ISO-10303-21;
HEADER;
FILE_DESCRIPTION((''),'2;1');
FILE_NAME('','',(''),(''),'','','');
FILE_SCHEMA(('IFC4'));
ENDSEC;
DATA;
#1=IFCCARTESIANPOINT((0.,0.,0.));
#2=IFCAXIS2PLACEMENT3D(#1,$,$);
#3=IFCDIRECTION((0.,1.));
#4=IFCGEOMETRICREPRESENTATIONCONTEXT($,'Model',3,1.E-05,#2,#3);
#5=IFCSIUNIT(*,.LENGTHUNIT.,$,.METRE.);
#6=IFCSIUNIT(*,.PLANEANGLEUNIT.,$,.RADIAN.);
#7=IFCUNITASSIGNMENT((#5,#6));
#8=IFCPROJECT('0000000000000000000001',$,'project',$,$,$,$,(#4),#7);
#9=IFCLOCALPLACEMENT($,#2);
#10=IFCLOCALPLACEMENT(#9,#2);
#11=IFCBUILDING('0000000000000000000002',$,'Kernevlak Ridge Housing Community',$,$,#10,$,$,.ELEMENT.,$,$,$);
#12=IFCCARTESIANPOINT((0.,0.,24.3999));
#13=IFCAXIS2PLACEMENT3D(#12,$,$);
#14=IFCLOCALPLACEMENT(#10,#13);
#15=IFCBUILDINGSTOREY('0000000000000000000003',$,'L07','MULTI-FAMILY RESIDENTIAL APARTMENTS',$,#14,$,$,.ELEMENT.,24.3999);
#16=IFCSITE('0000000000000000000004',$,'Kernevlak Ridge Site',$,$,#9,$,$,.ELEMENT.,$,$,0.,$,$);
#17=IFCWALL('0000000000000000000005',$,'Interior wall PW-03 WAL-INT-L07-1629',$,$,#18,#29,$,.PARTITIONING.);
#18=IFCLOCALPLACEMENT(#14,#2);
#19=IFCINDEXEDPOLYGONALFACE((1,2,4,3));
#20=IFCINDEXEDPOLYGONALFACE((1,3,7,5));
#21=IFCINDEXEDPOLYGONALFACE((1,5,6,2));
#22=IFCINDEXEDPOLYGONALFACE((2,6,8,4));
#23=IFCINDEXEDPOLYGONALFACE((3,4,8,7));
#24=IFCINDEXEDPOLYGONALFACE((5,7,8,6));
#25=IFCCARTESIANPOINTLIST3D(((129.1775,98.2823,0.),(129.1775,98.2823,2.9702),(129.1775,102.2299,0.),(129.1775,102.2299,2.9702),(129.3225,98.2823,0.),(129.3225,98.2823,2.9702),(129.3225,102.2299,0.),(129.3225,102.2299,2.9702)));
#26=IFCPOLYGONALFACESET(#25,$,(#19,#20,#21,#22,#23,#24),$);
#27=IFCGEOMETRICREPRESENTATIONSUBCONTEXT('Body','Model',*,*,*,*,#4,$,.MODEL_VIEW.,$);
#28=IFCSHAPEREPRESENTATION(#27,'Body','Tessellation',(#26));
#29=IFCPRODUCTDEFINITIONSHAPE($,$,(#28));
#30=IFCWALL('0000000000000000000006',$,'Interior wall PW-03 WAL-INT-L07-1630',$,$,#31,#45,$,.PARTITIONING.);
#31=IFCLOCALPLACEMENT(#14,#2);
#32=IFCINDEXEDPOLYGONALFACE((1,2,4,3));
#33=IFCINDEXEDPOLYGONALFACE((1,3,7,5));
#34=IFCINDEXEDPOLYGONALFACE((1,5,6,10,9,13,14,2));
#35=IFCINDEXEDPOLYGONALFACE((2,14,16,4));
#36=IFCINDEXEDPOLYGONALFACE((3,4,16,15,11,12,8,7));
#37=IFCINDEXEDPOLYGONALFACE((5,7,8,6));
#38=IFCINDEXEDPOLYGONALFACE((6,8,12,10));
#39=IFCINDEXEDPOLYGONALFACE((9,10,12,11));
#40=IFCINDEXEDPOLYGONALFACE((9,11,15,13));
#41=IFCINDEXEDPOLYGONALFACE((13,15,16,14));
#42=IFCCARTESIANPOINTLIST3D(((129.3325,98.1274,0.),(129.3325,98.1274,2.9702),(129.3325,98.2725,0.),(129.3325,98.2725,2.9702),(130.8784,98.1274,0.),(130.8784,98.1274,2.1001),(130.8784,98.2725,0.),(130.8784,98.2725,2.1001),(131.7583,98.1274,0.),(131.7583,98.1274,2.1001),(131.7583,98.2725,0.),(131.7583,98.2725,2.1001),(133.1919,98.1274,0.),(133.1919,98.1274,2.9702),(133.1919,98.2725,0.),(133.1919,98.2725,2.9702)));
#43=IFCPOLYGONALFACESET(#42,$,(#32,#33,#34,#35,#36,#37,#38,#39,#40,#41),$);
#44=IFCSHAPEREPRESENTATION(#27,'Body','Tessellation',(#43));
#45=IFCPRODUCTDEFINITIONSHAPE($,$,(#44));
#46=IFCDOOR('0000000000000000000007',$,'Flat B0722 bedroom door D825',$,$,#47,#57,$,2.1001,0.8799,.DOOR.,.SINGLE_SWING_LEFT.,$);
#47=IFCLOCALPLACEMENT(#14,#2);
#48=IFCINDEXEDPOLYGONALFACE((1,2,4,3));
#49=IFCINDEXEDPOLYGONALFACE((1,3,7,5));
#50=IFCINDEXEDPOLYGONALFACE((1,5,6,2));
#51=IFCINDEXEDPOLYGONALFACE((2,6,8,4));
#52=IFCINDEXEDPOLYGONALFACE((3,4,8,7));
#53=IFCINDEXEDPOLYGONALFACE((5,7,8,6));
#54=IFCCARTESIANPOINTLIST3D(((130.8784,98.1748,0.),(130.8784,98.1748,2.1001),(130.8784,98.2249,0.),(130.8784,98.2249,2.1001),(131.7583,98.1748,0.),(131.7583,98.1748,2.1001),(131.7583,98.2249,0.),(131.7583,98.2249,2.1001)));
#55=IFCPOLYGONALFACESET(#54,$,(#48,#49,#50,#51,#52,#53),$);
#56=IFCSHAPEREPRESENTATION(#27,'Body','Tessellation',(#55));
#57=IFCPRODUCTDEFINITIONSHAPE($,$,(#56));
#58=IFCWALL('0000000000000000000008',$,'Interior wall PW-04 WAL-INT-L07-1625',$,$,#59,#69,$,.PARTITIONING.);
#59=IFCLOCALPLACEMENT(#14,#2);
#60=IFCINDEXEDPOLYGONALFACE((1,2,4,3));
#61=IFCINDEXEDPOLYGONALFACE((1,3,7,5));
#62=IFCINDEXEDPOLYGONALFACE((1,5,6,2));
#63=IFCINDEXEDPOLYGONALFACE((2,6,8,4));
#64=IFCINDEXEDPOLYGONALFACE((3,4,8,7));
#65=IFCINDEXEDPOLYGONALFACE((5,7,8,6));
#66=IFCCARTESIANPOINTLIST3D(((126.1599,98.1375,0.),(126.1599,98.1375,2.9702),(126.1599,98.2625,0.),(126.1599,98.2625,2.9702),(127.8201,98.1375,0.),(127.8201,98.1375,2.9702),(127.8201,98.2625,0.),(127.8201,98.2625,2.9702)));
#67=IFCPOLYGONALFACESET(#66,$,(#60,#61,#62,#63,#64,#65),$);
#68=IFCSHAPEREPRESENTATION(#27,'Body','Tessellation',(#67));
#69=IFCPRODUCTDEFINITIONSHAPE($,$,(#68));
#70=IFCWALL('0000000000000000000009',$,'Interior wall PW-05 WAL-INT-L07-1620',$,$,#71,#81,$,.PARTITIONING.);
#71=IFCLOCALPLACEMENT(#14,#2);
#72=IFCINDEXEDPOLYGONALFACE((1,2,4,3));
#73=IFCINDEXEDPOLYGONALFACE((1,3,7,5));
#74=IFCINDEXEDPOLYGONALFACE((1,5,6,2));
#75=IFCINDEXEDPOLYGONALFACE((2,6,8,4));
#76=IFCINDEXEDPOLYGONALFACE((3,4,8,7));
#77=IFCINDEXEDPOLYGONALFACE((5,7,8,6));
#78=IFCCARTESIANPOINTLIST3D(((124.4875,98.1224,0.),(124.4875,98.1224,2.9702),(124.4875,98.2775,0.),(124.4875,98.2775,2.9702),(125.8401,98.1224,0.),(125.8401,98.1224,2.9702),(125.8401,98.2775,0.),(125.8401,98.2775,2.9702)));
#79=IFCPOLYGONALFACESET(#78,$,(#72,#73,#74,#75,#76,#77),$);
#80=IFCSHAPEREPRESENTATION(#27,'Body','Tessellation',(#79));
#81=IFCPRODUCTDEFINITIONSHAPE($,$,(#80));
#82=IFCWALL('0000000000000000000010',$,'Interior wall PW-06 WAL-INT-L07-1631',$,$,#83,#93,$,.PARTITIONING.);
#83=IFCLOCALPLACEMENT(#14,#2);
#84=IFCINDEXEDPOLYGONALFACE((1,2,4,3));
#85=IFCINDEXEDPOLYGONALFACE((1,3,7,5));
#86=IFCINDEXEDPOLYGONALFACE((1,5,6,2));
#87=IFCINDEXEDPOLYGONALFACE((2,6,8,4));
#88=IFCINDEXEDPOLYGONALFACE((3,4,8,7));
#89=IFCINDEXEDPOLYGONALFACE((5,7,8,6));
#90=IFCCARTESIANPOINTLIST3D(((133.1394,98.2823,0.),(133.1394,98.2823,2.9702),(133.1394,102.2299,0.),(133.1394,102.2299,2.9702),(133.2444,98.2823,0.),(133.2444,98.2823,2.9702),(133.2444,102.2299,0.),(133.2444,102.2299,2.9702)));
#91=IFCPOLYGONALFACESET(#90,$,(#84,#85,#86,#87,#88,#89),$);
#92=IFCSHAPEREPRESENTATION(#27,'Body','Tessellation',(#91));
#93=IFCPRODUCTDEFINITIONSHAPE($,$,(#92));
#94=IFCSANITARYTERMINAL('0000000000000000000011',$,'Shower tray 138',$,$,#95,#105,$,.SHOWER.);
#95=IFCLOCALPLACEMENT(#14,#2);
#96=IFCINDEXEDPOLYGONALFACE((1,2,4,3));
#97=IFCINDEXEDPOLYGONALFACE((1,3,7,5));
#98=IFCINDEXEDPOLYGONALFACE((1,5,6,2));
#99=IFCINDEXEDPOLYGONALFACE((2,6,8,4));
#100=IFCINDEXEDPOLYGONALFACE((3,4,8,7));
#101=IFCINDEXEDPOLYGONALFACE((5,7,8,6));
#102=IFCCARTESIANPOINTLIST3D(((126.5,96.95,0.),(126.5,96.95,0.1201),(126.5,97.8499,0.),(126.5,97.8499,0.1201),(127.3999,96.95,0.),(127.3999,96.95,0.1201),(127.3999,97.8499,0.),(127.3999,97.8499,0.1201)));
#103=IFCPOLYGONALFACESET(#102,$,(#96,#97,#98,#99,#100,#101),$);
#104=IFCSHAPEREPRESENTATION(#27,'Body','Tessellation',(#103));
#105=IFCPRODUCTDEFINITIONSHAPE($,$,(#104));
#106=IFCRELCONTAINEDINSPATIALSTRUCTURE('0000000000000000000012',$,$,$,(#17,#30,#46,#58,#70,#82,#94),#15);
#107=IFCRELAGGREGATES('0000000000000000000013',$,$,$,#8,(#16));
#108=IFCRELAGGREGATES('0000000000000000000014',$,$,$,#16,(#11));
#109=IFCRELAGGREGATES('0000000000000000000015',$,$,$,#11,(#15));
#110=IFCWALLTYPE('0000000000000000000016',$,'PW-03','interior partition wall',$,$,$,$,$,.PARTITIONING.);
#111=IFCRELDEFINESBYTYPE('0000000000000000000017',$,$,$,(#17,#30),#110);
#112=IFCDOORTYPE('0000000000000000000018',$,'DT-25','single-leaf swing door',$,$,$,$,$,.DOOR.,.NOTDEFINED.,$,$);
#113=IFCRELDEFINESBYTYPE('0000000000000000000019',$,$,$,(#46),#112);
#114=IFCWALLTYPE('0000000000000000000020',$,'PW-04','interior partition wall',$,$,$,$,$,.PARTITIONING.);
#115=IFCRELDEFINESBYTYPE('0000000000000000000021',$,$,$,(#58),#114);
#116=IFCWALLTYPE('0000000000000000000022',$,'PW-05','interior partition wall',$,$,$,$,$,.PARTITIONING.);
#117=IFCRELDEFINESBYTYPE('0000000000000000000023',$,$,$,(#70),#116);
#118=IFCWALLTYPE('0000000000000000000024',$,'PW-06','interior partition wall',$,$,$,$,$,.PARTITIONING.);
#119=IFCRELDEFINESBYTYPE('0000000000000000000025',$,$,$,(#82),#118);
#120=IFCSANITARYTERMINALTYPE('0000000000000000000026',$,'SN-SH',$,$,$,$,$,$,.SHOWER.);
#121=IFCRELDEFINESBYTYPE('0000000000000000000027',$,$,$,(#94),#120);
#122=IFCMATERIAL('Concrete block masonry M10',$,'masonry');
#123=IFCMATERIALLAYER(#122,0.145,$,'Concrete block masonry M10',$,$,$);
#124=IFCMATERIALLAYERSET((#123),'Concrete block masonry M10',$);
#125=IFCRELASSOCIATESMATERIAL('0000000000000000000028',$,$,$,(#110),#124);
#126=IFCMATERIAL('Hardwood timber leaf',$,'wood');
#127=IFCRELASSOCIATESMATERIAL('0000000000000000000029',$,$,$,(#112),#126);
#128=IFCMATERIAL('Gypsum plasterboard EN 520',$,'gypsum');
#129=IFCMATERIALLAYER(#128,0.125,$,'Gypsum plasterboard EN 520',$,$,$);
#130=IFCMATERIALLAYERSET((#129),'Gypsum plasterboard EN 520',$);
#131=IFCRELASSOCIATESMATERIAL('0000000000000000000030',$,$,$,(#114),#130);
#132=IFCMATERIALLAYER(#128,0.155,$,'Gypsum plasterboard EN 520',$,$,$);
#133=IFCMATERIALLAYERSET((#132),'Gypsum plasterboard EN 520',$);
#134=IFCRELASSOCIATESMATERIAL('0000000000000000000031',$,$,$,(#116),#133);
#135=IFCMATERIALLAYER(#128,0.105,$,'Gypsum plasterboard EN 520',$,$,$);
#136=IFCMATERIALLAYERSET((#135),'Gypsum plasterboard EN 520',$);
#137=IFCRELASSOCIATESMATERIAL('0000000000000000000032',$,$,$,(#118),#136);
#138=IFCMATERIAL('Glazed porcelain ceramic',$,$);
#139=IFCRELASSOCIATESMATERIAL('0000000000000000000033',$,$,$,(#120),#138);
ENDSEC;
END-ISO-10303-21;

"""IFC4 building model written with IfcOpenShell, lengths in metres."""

from ifc_helpers import new_model, si_unit, direction, frame, frame_2d, origin, origin_2d, place, context, subcontext, project, spatial, rectangle, extrude, material, layer, layer_set, type_object, element, fill, save


model = new_model("IFC4")

# Units and contexts
model_context = context("Model", 3, precision=1e-05, world=origin(), true_north=direction((0.0, 1.0)))
body_context = subcontext(model_context, "Body", "Model", "MODEL_VIEW")
ifc_project = project(units=[si_unit("LENGTHUNIT", "METRE"), si_unit("PLANEANGLEUNIT", "RADIAN")], contexts=[model_context])

# Site, building, storey
site_placement = place(None, origin())
site = spatial("IfcSite", under=ifc_project, at=site_placement, Name="Kernevlak Ridge Site", CompositionType="ELEMENT", RefElevation=0.0)
building_placement = place(site_placement, origin())
building = spatial("IfcBuilding", under=site, at=building_placement, Name="Kernevlak Ridge Housing Community", CompositionType="ELEMENT")
storey_placement = place(building_placement, frame((0.0, 0.0, 24.3999)))
storey = spatial("IfcBuildingStorey", under=building, at=storey_placement, Name="L07", Description="MULTI-FAMILY RESIDENTIAL APARTMENTS", CompositionType="ELEMENT", Elevation=24.3999)

# Shared definitions
ifc_material_1 = material(Name="Concrete block masonry M10", Category="masonry")

# Shared definitions
ifc_layer_1 = layer(ifc_material_1, 0.145, Name="Concrete block masonry M10")
ifc_layer_set_1 = layer_set([ifc_layer_1], Name="Concrete block masonry M10")
wall_type_1 = type_object("IfcWallType", Name="PW-03", Description="interior partition wall", PredefinedType="PARTITIONING", material=ifc_layer_set_1)
ifc_material_2 = material(Name="Hardwood timber leaf", Category="wood")

# Wall
wall_1_placement = place(storey_placement, frame((129.25, 98.2825, 0.0), z_axis=(0.0, 0.0, 1.0), x_axis=(0.0, 1.0, 0.0)))
element("IfcWall", 1, at=wall_1_placement, inside=storey, type_object=wall_type_1, Name="Interior wall PW-03 WAL-INT-L07-1629", PredefinedType="PARTITIONING", context=body_context, shape_type="SweptSolid", body=[
    extrude(rectangle(XDim=3.9475, YDim=0.145, at=frame_2d((1.9736, 0.0))), origin(), (0.0, 0.0, 1.0), 2.9702),
])

# Wall, opening, door
wall_2_placement = place(storey_placement, frame((129.3325, 98.2, 0.0), z_axis=(0.0, 0.0, 1.0), x_axis=(1.0, 0.0, 0.0)))
wall_2 = element("IfcWall", 2, at=wall_2_placement, inside=storey, type_object=wall_type_1, Name="Interior wall PW-03 WAL-INT-L07-1630", PredefinedType="PARTITIONING", context=body_context, shape_type="SweptSolid", body=[
    extrude(rectangle(XDim=3.8594, YDim=0.145, at=frame_2d((1.9297, 0.0))), origin(), (0.0, 0.0, 1.0), 2.9702),
])
opening_1_placement = place(wall_2_placement, frame((1.5459, 0.0, 0.0)))
opening_1 = element("IfcOpeningElement", 3, at=opening_1_placement, cuts=wall_2, PredefinedType="OPENING", context=body_context, shape_type="SweptSolid", body=[
    extrude(rectangle(XDim=0.8799, YDim=2.1001, at=frame_2d((0.4399, 1.05))), frame((0.0, 0.0825, 0.0), z_axis=(0.0, -1.0, 0.0), x_axis=(1.0, 0.0, 0.0)), (0.0, 0.0, 1.0), 0.165),
])
door_type_1 = type_object("IfcDoorType", Name="DT-25", Description="single-leaf swing door", OperationType="NOTDEFINED", PredefinedType="DOOR", material=ifc_material_2)
door_1_placement = place(opening_1_placement, origin())
door_1 = element("IfcDoor", 4, at=door_1_placement, inside=storey, type_object=door_type_1, Name="Flat B0722 bedroom door D825", OperationType="SINGLE_SWING_LEFT", OverallHeight=2.1001, OverallWidth=0.8799, PredefinedType="DOOR", context=body_context, shape_type="SweptSolid", body=[
    extrude(rectangle(XDim=0.8799, YDim=2.1001, at=frame_2d((0.4399, 1.05))), frame((0.0, 0.0249, 0.0), z_axis=(0.0, -1.0, 0.0), x_axis=(1.0, 0.0, 0.0)), (0.0, 0.0, 1.0), 0.05),
])
fill(opening_1, door_1)

# Walls
ifc_material_3 = material(Name="Gypsum plasterboard EN 520", Category="gypsum")
ifc_layer_2 = layer(ifc_material_3, 0.125, Name="Gypsum plasterboard EN 520")
ifc_layer_set_2 = layer_set([ifc_layer_2], Name="Gypsum plasterboard EN 520")
wall_type_2 = type_object("IfcWallType", Name="PW-04", Description="interior partition wall", PredefinedType="PARTITIONING", material=ifc_layer_set_2)
wall_3_placement = place(storey_placement, frame((126.1599, 98.2, 0.0), z_axis=(0.0, 0.0, 1.0), x_axis=(1.0, 0.0, 0.0)))
element("IfcWall", 5, at=wall_3_placement, inside=storey, type_object=wall_type_2, Name="Interior wall PW-04 WAL-INT-L07-1625", PredefinedType="PARTITIONING", context=body_context, shape_type="SweptSolid", body=[
    extrude(rectangle(XDim=1.6602, YDim=0.125, at=frame_2d((0.8301, 0.0))), origin(), (0.0, 0.0, 1.0), 2.9702),
])
ifc_layer_3 = layer(ifc_material_3, 0.155, Name="Gypsum plasterboard EN 520")
ifc_layer_set_3 = layer_set([ifc_layer_3], Name="Gypsum plasterboard EN 520")
wall_type_3 = type_object("IfcWallType", Name="PW-05", Description="interior partition wall", PredefinedType="PARTITIONING", material=ifc_layer_set_3)
wall_4_placement = place(storey_placement, frame((124.4875, 98.2, 0.0), z_axis=(0.0, 0.0, 1.0), x_axis=(1.0, 0.0, 0.0)))
element("IfcWall", 6, at=wall_4_placement, inside=storey, type_object=wall_type_3, Name="Interior wall PW-05 WAL-INT-L07-1620", PredefinedType="PARTITIONING", context=body_context, shape_type="SweptSolid", body=[
    extrude(rectangle(XDim=1.3525, YDim=0.155, at=frame_2d((0.6763, 0.0))), origin(), (0.0, 0.0, 1.0), 2.9702),
])
ifc_layer_4 = layer(ifc_material_3, 0.105, Name="Gypsum plasterboard EN 520")
ifc_layer_set_4 = layer_set([ifc_layer_4], Name="Gypsum plasterboard EN 520")
wall_type_4 = type_object("IfcWallType", Name="PW-06", Description="interior partition wall", PredefinedType="PARTITIONING", material=ifc_layer_set_4)
wall_5_placement = place(storey_placement, frame((133.1919, 98.2825, 0.0), z_axis=(0.0, 0.0, 1.0), x_axis=(0.0, 1.0, 0.0)))
element("IfcWall", 7, at=wall_5_placement, inside=storey, type_object=wall_type_4, Name="Interior wall PW-06 WAL-INT-L07-1631", PredefinedType="PARTITIONING", context=body_context, shape_type="SweptSolid", body=[
    extrude(rectangle(XDim=3.9475, YDim=0.105, at=frame_2d((1.9736, 0.0))), origin(), (0.0, 0.0, 1.0), 2.9702),
])

# Sanitary terminal
ifc_material_4 = material(Name="Glazed porcelain ceramic")
sanitary_terminal_type = type_object("IfcSanitaryTerminalType", Name="SN-SH", PredefinedType="SHOWER", material=ifc_material_4)
sanitary_terminal_placement = place(storey_placement, frame((126.95, 97.3999, 0.0), z_axis=(0.0, 0.0, 1.0), x_axis=(1.0, 0.0, 0.0)))
element("IfcSanitaryTerminal", 8, at=sanitary_terminal_placement, inside=storey, type_object=sanitary_terminal_type, Name="Shower tray 138", PredefinedType="SHOWER", context=body_context, shape_type="SweptSolid", body=[
    extrude(rectangle(XDim=0.8999, YDim=0.8999, at=origin_2d()), origin(), (0.0, 0.0, 1.0), 0.1201),
])

save(model, "model.ifc")
